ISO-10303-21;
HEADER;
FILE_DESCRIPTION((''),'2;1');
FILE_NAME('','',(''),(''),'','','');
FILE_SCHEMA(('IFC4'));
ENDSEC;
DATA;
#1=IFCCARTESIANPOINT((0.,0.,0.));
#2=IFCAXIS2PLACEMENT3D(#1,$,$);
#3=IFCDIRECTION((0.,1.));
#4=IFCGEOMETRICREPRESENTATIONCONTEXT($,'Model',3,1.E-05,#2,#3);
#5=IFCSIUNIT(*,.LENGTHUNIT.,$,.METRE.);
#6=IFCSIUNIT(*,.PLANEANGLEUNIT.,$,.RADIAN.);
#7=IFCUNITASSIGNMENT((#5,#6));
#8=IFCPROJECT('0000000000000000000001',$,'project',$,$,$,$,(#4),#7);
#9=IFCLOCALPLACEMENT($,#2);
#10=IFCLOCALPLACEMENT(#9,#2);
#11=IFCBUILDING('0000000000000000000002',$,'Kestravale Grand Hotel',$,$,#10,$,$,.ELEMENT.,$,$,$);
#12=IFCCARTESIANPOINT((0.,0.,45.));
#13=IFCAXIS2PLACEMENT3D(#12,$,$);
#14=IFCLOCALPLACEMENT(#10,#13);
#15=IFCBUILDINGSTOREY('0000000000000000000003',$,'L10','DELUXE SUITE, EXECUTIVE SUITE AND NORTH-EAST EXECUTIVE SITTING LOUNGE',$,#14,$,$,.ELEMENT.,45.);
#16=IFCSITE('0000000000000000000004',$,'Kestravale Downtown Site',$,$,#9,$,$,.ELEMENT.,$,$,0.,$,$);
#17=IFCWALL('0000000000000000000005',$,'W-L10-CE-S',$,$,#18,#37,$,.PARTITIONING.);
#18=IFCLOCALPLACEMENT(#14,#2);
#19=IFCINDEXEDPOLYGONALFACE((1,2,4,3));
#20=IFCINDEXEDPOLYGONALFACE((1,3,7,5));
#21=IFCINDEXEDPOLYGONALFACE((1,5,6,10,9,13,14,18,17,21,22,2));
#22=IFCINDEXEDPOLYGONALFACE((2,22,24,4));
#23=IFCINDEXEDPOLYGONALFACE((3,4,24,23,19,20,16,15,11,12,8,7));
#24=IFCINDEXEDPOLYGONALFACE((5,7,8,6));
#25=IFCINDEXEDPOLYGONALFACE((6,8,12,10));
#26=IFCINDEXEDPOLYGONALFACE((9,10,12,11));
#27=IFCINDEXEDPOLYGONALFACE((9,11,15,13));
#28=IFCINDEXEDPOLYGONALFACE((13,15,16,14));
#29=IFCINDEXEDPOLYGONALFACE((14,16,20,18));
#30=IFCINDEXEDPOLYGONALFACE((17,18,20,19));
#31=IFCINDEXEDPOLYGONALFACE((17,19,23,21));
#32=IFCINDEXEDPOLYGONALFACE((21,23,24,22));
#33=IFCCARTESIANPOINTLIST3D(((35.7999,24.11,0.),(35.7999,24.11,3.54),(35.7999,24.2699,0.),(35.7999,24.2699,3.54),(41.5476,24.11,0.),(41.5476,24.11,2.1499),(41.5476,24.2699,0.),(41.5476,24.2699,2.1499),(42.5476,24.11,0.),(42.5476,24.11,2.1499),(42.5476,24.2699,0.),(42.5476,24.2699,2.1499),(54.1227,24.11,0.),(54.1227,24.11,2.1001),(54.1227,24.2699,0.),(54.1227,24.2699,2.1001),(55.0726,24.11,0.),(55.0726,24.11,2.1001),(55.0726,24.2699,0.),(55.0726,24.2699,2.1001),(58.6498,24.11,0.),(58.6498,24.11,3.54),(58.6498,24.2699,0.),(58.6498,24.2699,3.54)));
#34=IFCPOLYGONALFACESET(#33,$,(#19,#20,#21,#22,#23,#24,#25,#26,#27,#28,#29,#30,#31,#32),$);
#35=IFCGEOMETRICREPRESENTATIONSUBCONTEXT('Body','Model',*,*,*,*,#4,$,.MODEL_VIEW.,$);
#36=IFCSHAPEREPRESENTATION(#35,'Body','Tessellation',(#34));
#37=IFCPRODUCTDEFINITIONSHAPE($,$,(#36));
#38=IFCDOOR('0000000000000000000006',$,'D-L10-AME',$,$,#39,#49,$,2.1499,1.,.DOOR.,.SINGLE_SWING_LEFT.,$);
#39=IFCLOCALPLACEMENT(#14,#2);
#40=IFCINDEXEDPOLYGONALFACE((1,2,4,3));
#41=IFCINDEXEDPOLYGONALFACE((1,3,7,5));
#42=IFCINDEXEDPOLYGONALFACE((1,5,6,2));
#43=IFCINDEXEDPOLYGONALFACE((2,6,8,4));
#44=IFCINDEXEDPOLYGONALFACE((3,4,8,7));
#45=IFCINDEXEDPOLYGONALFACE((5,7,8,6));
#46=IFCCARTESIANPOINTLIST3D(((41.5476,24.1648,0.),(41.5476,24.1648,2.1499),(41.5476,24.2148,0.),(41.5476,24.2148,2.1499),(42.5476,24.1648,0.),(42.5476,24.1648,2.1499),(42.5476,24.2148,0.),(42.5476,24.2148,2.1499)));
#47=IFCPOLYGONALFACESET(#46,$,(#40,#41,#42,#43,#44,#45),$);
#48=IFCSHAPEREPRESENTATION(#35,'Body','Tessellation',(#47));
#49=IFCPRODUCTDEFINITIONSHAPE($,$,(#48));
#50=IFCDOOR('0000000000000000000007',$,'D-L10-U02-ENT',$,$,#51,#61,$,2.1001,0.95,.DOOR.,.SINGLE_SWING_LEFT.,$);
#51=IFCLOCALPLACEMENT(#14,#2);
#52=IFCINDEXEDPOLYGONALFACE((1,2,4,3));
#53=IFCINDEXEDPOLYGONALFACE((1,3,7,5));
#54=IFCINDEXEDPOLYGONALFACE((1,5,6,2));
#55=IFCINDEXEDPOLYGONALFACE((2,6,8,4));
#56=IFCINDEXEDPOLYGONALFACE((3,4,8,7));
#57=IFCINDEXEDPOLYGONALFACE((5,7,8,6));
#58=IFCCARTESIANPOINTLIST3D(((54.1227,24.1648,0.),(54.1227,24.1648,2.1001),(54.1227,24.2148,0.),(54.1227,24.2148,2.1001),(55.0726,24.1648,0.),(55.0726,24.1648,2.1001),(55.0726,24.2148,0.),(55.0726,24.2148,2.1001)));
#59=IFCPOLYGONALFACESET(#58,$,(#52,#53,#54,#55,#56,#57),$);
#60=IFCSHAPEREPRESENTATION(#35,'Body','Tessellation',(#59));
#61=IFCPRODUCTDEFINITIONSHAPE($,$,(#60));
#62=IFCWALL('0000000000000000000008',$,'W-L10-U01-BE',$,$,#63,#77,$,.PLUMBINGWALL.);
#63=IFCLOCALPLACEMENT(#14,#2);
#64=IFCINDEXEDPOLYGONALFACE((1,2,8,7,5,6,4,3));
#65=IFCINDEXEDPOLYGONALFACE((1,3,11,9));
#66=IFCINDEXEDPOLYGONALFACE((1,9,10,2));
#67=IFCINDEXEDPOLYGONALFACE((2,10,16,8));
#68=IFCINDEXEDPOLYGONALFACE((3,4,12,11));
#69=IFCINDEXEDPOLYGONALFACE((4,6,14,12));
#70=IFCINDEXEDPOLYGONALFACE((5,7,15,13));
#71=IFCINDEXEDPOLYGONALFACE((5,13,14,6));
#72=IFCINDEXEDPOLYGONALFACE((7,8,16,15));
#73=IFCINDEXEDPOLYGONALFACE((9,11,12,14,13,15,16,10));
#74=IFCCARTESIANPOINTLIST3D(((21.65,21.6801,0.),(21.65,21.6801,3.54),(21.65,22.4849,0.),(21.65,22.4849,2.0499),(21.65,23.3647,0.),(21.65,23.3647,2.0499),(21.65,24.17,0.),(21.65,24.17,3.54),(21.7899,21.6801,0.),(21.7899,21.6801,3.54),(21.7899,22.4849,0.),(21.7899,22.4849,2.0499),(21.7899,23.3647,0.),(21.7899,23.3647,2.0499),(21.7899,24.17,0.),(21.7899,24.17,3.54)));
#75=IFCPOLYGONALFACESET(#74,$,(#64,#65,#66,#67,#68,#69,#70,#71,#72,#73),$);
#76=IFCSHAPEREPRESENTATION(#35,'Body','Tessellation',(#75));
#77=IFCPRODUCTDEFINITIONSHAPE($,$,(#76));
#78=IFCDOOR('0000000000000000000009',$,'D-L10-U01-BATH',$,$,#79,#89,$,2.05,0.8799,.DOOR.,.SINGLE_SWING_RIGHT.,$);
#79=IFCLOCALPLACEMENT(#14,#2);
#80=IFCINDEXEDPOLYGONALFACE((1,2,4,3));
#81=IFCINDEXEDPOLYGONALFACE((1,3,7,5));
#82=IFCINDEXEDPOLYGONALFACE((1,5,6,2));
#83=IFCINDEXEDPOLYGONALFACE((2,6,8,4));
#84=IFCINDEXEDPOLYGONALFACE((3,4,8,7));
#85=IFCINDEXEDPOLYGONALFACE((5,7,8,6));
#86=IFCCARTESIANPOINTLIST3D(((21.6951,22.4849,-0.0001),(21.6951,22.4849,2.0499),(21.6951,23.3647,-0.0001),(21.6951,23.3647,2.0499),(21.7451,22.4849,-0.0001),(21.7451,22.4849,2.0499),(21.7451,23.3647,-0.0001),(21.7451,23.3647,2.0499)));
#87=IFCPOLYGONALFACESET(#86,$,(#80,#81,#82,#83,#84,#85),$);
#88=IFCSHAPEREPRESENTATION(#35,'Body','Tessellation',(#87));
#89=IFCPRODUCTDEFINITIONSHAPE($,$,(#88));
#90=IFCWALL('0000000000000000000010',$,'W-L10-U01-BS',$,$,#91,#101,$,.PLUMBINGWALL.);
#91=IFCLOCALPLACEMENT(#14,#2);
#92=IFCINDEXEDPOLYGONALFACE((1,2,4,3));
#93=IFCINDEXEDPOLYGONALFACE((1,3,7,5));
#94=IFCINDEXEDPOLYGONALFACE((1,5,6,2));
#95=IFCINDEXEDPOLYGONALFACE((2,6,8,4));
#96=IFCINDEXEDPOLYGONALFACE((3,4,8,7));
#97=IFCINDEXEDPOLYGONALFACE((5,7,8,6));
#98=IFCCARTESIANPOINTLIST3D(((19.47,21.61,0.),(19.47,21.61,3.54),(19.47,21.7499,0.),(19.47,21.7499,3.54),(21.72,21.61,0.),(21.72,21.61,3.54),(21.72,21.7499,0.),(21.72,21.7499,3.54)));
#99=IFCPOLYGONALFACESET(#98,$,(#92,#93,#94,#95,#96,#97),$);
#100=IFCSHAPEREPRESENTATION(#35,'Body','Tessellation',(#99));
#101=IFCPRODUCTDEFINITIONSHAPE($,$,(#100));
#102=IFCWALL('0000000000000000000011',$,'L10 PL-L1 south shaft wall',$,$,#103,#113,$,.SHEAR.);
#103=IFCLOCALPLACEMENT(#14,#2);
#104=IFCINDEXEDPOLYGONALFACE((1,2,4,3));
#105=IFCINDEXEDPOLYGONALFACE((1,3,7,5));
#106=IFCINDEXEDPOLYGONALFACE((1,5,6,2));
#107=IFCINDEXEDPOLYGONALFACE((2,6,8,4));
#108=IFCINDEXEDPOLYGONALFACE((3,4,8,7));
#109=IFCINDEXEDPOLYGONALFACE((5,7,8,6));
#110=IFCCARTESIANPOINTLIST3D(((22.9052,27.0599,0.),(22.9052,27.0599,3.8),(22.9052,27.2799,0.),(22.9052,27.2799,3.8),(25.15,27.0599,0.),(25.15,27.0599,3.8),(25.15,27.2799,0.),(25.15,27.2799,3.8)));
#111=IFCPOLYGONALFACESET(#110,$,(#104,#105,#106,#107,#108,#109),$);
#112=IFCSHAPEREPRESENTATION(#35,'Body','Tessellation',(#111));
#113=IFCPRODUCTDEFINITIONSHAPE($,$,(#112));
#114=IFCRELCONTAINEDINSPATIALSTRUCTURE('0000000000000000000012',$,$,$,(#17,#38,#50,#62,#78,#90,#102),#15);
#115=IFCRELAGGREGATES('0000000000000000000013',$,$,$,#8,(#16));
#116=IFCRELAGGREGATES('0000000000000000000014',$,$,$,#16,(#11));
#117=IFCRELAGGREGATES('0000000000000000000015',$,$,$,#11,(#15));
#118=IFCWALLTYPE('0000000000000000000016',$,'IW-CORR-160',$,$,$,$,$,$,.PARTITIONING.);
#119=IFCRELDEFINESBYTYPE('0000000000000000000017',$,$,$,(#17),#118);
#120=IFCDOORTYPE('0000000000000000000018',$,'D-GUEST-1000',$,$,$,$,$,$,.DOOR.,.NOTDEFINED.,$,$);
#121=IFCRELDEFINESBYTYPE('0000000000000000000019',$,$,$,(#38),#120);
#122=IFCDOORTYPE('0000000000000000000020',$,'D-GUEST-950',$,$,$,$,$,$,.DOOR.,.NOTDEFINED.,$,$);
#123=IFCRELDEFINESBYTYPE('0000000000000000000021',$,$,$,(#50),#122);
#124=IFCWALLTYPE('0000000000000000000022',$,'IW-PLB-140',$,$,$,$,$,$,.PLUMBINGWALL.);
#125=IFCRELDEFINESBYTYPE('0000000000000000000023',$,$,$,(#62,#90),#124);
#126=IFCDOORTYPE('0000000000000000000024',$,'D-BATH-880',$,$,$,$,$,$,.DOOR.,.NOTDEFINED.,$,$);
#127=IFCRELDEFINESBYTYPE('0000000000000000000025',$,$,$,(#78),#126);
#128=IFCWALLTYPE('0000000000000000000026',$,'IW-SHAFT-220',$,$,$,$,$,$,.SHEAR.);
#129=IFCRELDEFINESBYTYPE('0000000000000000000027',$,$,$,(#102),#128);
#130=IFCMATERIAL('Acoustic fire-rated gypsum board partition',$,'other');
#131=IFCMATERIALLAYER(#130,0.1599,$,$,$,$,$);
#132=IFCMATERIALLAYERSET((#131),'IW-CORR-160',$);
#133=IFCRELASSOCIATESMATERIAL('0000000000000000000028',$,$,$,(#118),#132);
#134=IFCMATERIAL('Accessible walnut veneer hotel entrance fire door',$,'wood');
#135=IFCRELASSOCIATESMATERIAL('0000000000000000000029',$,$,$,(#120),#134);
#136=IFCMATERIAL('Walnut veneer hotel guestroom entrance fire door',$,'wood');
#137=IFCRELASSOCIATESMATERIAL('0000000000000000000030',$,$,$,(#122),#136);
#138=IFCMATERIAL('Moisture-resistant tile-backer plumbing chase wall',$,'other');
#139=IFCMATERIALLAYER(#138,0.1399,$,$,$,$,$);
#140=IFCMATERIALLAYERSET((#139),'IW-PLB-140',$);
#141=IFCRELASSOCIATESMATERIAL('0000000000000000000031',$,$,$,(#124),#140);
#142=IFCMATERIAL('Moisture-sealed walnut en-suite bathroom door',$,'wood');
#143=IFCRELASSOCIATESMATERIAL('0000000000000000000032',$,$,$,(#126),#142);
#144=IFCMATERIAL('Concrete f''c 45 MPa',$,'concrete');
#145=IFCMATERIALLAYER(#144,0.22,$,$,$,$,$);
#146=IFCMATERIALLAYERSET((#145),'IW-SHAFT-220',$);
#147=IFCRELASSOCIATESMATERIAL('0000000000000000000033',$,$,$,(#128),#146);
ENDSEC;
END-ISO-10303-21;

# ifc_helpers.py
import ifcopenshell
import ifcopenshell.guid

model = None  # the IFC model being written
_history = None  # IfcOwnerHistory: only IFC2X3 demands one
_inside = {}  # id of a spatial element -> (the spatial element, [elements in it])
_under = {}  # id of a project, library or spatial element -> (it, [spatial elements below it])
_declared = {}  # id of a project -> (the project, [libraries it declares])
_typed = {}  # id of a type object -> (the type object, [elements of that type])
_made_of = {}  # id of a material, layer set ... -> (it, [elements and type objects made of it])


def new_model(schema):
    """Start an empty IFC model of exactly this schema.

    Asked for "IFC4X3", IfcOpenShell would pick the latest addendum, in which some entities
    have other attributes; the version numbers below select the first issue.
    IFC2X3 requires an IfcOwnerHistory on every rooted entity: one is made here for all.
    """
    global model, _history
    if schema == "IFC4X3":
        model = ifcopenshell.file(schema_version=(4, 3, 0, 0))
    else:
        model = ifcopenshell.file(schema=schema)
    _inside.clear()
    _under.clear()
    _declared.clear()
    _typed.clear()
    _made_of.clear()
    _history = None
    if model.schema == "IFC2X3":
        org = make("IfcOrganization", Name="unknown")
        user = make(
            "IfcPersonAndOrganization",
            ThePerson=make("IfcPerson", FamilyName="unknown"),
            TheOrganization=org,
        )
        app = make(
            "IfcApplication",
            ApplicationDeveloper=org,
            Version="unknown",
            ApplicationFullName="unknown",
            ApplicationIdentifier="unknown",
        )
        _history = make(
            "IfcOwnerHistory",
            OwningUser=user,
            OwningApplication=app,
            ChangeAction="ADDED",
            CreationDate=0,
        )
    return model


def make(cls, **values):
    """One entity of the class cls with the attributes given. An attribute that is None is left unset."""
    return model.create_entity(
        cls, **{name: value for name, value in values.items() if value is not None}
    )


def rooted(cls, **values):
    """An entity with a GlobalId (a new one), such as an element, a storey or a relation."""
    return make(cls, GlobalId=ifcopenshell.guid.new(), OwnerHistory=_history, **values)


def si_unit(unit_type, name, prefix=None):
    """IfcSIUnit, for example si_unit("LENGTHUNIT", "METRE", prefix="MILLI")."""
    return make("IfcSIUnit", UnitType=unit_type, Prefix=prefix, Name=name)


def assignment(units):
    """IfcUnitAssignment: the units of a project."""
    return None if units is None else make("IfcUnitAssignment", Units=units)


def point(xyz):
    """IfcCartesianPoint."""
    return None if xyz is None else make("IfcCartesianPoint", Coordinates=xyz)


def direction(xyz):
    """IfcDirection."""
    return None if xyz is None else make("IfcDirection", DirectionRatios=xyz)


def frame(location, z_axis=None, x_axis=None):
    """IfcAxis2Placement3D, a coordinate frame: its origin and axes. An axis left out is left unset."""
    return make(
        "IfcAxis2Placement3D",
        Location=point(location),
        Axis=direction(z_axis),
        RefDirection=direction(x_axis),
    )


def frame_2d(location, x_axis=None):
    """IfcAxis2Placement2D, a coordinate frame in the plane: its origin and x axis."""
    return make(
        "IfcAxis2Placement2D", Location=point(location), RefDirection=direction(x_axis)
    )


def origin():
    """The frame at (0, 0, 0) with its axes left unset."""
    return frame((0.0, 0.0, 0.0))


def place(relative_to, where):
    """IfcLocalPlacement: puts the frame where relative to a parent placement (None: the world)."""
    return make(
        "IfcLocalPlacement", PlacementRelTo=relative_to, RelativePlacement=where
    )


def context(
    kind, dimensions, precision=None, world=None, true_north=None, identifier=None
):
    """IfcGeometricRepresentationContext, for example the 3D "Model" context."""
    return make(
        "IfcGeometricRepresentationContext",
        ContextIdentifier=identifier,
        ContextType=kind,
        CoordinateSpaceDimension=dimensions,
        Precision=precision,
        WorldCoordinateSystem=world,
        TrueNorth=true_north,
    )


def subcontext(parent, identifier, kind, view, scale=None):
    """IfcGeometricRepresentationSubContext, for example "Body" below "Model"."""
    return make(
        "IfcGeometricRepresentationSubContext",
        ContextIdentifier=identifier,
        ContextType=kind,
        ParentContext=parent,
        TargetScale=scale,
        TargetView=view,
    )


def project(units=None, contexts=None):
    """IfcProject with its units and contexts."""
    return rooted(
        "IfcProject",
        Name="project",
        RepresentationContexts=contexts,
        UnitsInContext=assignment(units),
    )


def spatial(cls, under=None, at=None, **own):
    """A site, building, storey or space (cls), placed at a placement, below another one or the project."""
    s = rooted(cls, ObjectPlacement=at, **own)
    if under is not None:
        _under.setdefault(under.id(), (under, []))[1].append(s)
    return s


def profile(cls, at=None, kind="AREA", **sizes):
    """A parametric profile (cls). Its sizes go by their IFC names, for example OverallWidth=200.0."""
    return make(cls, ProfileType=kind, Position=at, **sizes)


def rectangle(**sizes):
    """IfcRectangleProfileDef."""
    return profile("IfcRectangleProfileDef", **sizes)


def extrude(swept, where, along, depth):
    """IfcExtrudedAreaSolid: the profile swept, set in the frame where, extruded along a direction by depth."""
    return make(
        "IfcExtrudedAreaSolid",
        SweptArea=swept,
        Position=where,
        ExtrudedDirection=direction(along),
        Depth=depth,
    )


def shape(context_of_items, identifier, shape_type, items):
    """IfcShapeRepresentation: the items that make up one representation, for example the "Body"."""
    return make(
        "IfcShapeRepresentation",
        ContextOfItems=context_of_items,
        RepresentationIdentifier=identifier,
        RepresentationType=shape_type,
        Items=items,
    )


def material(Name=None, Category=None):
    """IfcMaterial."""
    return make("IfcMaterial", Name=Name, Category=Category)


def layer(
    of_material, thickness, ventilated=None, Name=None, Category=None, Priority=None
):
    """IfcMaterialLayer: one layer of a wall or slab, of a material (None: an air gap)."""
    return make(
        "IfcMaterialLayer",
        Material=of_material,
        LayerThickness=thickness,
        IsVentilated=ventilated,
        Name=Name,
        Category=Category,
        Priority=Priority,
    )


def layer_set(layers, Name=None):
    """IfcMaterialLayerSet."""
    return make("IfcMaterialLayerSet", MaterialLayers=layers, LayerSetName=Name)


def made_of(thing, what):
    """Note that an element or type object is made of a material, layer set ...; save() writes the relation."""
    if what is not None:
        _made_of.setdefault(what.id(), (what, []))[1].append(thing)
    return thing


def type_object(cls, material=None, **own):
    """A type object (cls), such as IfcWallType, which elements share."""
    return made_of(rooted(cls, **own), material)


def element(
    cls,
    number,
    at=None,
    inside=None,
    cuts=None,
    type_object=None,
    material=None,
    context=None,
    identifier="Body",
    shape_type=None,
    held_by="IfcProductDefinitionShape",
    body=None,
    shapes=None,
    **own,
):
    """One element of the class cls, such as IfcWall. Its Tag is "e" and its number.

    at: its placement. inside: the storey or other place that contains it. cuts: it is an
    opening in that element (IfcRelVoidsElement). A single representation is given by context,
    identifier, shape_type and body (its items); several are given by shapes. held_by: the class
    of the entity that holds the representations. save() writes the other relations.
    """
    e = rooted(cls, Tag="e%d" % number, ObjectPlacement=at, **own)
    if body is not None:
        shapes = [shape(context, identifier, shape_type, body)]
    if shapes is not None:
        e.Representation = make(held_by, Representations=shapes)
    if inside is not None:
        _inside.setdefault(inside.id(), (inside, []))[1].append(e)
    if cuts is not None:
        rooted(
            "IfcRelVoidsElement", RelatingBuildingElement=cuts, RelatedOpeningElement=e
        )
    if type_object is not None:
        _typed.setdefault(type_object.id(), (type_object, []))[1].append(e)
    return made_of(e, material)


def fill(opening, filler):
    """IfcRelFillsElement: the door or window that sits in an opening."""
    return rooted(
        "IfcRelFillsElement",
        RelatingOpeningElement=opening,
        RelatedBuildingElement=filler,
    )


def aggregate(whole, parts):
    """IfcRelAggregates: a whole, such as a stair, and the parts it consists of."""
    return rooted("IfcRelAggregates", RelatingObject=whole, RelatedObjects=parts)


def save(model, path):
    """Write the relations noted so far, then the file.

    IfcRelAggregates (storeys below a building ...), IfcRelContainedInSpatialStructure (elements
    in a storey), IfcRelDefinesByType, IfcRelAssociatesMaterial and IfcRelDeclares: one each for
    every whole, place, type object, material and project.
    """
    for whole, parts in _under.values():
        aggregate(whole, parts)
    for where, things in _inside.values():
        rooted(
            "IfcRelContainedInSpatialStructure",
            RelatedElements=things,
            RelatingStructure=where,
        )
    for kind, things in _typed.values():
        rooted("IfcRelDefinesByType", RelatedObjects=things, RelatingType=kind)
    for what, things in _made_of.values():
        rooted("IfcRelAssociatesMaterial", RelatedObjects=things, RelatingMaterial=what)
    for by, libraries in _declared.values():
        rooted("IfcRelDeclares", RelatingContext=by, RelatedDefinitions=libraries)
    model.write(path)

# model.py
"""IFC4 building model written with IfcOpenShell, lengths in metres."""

from ifc_helpers import new_model, si_unit, direction, frame, frame_2d, origin, place, context, subcontext, project, spatial, rectangle, extrude, material, layer, layer_set, type_object, element, fill, save


model = new_model("IFC4")

# Units and contexts
model_context = context("Model", 3, precision=1e-05, world=origin(), true_north=direction((0.0, 1.0)))
body_context = subcontext(model_context, "Body", "Model", "MODEL_VIEW")
ifc_project = project(units=[si_unit("LENGTHUNIT", "METRE"), si_unit("PLANEANGLEUNIT", "RADIAN")], contexts=[model_context])

# Site, building, storey
site_placement = place(None, origin())
site = spatial("IfcSite", under=ifc_project, at=site_placement, Name="Kestravale Downtown Site", CompositionType="ELEMENT", RefElevation=0.0)
building_placement = place(site_placement, origin())
building = spatial("IfcBuilding", under=site, at=building_placement, Name="Kestravale Grand Hotel", CompositionType="ELEMENT")
storey_placement = place(building_placement, frame((0.0, 0.0, 45.0)))
storey = spatial("IfcBuildingStorey", under=building, at=storey_placement, Name="L10", Description="DELUXE SUITE, EXECUTIVE SUITE AND NORTH-EAST EXECUTIVE SITTING LOUNGE", CompositionType="ELEMENT", Elevation=45.0)

# Shared definitions
ifc_material_1 = material(Name="Acoustic fire-rated gypsum board partition", Category="other")
ifc_layer_1 = layer(ifc_material_1, 0.1599)
ifc_layer_set_1 = layer_set([ifc_layer_1], Name="IW-CORR-160")
wall_type_1 = type_object("IfcWallType", Name="IW-CORR-160", PredefinedType="PARTITIONING", material=ifc_layer_set_1)

# Wall, openings, doors
wall_1_placement = place(storey_placement, frame((35.8, 24.1899, 0.0), z_axis=(0.0, 0.0, 1.0), x_axis=(1.0, 0.0, 0.0)))
wall_1 = element("IfcWall", 1, at=wall_1_placement, inside=storey, type_object=wall_type_1, Name="W-L10-CE-S", PredefinedType="PARTITIONING", context=body_context, shape_type="SweptSolid", body=[
    extrude(rectangle(XDim=22.8499, YDim=0.1599, at=frame_2d((11.4248, 0.0))), origin(), (0.0, 0.0, 1.0), 3.54),
])
opening_1_placement = place(wall_1_placement, frame((5.7476, 0.0, 0.0)))
opening_1 = element("IfcOpeningElement", 2, at=opening_1_placement, cuts=wall_1, PredefinedType="OPENING", context=body_context, shape_type="SweptSolid", body=[
    extrude(rectangle(XDim=1.0, YDim=2.1499, at=frame_2d((0.5, 1.075))), frame((0.0, 0.0898, 0.0), z_axis=(0.0, -1.0, 0.0), x_axis=(1.0, 0.0, 0.0)), (0.0, 0.0, 1.0), 0.1799),
])
opening_2_placement = place(wall_1_placement, frame((18.3225, 0.0, 0.0)))
opening_2 = element("IfcOpeningElement", 3, at=opening_2_placement, cuts=wall_1, PredefinedType="OPENING", context=body_context, shape_type="SweptSolid", body=[
    extrude(rectangle(XDim=0.95, YDim=2.1001, at=frame_2d((0.4751, 1.05))), frame((0.0, 0.0898, 0.0), z_axis=(0.0, -1.0, 0.0), x_axis=(1.0, 0.0, 0.0)), (0.0, 0.0, 1.0), 0.1799),
])
ifc_material_2 = material(Name="Accessible walnut veneer hotel entrance fire door", Category="wood")
door_type_1 = type_object("IfcDoorType", Name="D-GUEST-1000", OperationType="NOTDEFINED", PredefinedType="DOOR", material=ifc_material_2)
door_1_placement = place(opening_1_placement, origin())
door_1 = element("IfcDoor", 4, at=door_1_placement, inside=storey, type_object=door_type_1, Name="D-L10-AME", OperationType="SINGLE_SWING_LEFT", OverallHeight=2.1499, OverallWidth=1.0, PredefinedType="DOOR", context=body_context, shape_type="SweptSolid", body=[
    extrude(rectangle(XDim=1.0, YDim=2.1499, at=frame_2d((0.5, 1.075))), frame((0.0, 0.0249, 0.0), z_axis=(0.0, -1.0, 0.0), x_axis=(1.0, 0.0, 0.0)), (0.0, 0.0, 1.0), 0.05),
])
fill(opening_1, door_1)
ifc_material_3 = material(Name="Walnut veneer hotel guestroom entrance fire door", Category="wood")
door_type_2 = type_object("IfcDoorType", Name="D-GUEST-950", OperationType="NOTDEFINED", PredefinedType="DOOR", material=ifc_material_3)
door_2_placement = place(opening_2_placement, origin())
door_2 = element("IfcDoor", 5, at=door_2_placement, inside=storey, type_object=door_type_2, Name="D-L10-U02-ENT", OperationType="SINGLE_SWING_LEFT", OverallHeight=2.1001, OverallWidth=0.95, PredefinedType="DOOR", context=body_context, shape_type="SweptSolid", body=[
    extrude(rectangle(XDim=0.95, YDim=2.1001, at=frame_2d((0.4751, 1.05))), frame((0.0, 0.0249, 0.0), z_axis=(0.0, -1.0, 0.0), x_axis=(1.0, 0.0, 0.0)), (0.0, 0.0, 1.0), 0.05),
])
fill(opening_2, door_2)

# Wall, opening, door
ifc_material_4 = material(Name="Moisture-resistant tile-backer plumbing chase wall", Category="other")
ifc_layer_2 = layer(ifc_material_4, 0.1399)
ifc_layer_set_2 = layer_set([ifc_layer_2], Name="IW-PLB-140")
wall_type_2 = type_object("IfcWallType", Name="IW-PLB-140", PredefinedType="PLUMBINGWALL", material=ifc_layer_set_2)
wall_2_placement = place(storey_placement, frame((21.72, 21.6799, 0.0), z_axis=(0.0, 0.0, 1.0), x_axis=(0.0, 1.0, 0.0)))
wall_2 = element("IfcWall", 6, at=wall_2_placement, inside=storey, type_object=wall_type_2, Name="W-L10-U01-BE", PredefinedType="PLUMBINGWALL", context=body_context, shape_type="SweptSolid", body=[
    extrude(rectangle(XDim=2.49, YDim=0.1399, at=frame_2d((1.2451, 0.0))), origin(), (0.0, 0.0, 1.0), 3.54),
])
opening_3_placement = place(wall_2_placement, frame((0.8049, 0.0, 0.0)))
opening_3 = element("IfcOpeningElement", 7, at=opening_3_placement, cuts=wall_2, PredefinedType="OPENING", context=body_context, shape_type="SweptSolid", body=[
    extrude(rectangle(XDim=0.8799, YDim=2.05, at=frame_2d((0.4399, 1.0249))), frame((0.0, 0.0798, 0.0), z_axis=(0.0, -1.0, 0.0), x_axis=(1.0, 0.0, 0.0)), (0.0, 0.0, 1.0), 0.1599),
])
ifc_material_5 = material(Name="Moisture-sealed walnut en-suite bathroom door", Category="wood")
door_type_3 = type_object("IfcDoorType", Name="D-BATH-880", OperationType="NOTDEFINED", PredefinedType="DOOR", material=ifc_material_5)
door_3_placement = place(opening_3_placement, origin())
door_3 = element("IfcDoor", 8, at=door_3_placement, inside=storey, type_object=door_type_3, Name="D-L10-U01-BATH", OperationType="SINGLE_SWING_RIGHT", OverallHeight=2.05, OverallWidth=0.8799, PredefinedType="DOOR", context=body_context, shape_type="SweptSolid", body=[
    extrude(rectangle(XDim=0.8799, YDim=2.05, at=frame_2d((0.4399, 1.0249))), frame((0.0, 0.0249, 0.0), z_axis=(0.0, -1.0, 0.0), x_axis=(1.0, 0.0, 0.0)), (0.0, 0.0, 1.0), 0.05),
])
fill(opening_3, door_3)

# Walls
wall_3_placement = place(storey_placement, frame((19.47, 21.6799, 0.0), z_axis=(0.0, 0.0, 1.0), x_axis=(1.0, 0.0, 0.0)))
element("IfcWall", 9, at=wall_3_placement, inside=storey, type_object=wall_type_2, Name="W-L10-U01-BS", PredefinedType="PLUMBINGWALL", context=body_context, shape_type="SweptSolid", body=[
    extrude(rectangle(XDim=2.25, YDim=0.1399, at=frame_2d((1.125, 0.0))), origin(), (0.0, 0.0, 1.0), 3.54),
])
ifc_material_6 = material(Name="Concrete f'c 45 MPa", Category="concrete")
ifc_layer_3 = layer(ifc_material_6, 0.22)
ifc_layer_set_3 = layer_set([ifc_layer_3], Name="IW-SHAFT-220")
wall_type_3 = type_object("IfcWallType", Name="IW-SHAFT-220", PredefinedType="SHEAR", material=ifc_layer_set_3)
wall_4_placement = place(storey_placement, frame((22.905, 27.1699, 0.0), z_axis=(0.0, 0.0, 1.0), x_axis=(1.0, 0.0, 0.0)))
element("IfcWall", 10, at=wall_4_placement, inside=storey, type_object=wall_type_3, Name="L10 PL-L1 south shaft wall", PredefinedType="SHEAR", context=body_context, shape_type="SweptSolid", body=[
    extrude(rectangle(XDim=2.2449, YDim=0.22, at=frame_2d((1.1226, 0.0))), origin(), (0.0, 0.0, 1.0), 3.8),
])

save(model, "model.ifc")
